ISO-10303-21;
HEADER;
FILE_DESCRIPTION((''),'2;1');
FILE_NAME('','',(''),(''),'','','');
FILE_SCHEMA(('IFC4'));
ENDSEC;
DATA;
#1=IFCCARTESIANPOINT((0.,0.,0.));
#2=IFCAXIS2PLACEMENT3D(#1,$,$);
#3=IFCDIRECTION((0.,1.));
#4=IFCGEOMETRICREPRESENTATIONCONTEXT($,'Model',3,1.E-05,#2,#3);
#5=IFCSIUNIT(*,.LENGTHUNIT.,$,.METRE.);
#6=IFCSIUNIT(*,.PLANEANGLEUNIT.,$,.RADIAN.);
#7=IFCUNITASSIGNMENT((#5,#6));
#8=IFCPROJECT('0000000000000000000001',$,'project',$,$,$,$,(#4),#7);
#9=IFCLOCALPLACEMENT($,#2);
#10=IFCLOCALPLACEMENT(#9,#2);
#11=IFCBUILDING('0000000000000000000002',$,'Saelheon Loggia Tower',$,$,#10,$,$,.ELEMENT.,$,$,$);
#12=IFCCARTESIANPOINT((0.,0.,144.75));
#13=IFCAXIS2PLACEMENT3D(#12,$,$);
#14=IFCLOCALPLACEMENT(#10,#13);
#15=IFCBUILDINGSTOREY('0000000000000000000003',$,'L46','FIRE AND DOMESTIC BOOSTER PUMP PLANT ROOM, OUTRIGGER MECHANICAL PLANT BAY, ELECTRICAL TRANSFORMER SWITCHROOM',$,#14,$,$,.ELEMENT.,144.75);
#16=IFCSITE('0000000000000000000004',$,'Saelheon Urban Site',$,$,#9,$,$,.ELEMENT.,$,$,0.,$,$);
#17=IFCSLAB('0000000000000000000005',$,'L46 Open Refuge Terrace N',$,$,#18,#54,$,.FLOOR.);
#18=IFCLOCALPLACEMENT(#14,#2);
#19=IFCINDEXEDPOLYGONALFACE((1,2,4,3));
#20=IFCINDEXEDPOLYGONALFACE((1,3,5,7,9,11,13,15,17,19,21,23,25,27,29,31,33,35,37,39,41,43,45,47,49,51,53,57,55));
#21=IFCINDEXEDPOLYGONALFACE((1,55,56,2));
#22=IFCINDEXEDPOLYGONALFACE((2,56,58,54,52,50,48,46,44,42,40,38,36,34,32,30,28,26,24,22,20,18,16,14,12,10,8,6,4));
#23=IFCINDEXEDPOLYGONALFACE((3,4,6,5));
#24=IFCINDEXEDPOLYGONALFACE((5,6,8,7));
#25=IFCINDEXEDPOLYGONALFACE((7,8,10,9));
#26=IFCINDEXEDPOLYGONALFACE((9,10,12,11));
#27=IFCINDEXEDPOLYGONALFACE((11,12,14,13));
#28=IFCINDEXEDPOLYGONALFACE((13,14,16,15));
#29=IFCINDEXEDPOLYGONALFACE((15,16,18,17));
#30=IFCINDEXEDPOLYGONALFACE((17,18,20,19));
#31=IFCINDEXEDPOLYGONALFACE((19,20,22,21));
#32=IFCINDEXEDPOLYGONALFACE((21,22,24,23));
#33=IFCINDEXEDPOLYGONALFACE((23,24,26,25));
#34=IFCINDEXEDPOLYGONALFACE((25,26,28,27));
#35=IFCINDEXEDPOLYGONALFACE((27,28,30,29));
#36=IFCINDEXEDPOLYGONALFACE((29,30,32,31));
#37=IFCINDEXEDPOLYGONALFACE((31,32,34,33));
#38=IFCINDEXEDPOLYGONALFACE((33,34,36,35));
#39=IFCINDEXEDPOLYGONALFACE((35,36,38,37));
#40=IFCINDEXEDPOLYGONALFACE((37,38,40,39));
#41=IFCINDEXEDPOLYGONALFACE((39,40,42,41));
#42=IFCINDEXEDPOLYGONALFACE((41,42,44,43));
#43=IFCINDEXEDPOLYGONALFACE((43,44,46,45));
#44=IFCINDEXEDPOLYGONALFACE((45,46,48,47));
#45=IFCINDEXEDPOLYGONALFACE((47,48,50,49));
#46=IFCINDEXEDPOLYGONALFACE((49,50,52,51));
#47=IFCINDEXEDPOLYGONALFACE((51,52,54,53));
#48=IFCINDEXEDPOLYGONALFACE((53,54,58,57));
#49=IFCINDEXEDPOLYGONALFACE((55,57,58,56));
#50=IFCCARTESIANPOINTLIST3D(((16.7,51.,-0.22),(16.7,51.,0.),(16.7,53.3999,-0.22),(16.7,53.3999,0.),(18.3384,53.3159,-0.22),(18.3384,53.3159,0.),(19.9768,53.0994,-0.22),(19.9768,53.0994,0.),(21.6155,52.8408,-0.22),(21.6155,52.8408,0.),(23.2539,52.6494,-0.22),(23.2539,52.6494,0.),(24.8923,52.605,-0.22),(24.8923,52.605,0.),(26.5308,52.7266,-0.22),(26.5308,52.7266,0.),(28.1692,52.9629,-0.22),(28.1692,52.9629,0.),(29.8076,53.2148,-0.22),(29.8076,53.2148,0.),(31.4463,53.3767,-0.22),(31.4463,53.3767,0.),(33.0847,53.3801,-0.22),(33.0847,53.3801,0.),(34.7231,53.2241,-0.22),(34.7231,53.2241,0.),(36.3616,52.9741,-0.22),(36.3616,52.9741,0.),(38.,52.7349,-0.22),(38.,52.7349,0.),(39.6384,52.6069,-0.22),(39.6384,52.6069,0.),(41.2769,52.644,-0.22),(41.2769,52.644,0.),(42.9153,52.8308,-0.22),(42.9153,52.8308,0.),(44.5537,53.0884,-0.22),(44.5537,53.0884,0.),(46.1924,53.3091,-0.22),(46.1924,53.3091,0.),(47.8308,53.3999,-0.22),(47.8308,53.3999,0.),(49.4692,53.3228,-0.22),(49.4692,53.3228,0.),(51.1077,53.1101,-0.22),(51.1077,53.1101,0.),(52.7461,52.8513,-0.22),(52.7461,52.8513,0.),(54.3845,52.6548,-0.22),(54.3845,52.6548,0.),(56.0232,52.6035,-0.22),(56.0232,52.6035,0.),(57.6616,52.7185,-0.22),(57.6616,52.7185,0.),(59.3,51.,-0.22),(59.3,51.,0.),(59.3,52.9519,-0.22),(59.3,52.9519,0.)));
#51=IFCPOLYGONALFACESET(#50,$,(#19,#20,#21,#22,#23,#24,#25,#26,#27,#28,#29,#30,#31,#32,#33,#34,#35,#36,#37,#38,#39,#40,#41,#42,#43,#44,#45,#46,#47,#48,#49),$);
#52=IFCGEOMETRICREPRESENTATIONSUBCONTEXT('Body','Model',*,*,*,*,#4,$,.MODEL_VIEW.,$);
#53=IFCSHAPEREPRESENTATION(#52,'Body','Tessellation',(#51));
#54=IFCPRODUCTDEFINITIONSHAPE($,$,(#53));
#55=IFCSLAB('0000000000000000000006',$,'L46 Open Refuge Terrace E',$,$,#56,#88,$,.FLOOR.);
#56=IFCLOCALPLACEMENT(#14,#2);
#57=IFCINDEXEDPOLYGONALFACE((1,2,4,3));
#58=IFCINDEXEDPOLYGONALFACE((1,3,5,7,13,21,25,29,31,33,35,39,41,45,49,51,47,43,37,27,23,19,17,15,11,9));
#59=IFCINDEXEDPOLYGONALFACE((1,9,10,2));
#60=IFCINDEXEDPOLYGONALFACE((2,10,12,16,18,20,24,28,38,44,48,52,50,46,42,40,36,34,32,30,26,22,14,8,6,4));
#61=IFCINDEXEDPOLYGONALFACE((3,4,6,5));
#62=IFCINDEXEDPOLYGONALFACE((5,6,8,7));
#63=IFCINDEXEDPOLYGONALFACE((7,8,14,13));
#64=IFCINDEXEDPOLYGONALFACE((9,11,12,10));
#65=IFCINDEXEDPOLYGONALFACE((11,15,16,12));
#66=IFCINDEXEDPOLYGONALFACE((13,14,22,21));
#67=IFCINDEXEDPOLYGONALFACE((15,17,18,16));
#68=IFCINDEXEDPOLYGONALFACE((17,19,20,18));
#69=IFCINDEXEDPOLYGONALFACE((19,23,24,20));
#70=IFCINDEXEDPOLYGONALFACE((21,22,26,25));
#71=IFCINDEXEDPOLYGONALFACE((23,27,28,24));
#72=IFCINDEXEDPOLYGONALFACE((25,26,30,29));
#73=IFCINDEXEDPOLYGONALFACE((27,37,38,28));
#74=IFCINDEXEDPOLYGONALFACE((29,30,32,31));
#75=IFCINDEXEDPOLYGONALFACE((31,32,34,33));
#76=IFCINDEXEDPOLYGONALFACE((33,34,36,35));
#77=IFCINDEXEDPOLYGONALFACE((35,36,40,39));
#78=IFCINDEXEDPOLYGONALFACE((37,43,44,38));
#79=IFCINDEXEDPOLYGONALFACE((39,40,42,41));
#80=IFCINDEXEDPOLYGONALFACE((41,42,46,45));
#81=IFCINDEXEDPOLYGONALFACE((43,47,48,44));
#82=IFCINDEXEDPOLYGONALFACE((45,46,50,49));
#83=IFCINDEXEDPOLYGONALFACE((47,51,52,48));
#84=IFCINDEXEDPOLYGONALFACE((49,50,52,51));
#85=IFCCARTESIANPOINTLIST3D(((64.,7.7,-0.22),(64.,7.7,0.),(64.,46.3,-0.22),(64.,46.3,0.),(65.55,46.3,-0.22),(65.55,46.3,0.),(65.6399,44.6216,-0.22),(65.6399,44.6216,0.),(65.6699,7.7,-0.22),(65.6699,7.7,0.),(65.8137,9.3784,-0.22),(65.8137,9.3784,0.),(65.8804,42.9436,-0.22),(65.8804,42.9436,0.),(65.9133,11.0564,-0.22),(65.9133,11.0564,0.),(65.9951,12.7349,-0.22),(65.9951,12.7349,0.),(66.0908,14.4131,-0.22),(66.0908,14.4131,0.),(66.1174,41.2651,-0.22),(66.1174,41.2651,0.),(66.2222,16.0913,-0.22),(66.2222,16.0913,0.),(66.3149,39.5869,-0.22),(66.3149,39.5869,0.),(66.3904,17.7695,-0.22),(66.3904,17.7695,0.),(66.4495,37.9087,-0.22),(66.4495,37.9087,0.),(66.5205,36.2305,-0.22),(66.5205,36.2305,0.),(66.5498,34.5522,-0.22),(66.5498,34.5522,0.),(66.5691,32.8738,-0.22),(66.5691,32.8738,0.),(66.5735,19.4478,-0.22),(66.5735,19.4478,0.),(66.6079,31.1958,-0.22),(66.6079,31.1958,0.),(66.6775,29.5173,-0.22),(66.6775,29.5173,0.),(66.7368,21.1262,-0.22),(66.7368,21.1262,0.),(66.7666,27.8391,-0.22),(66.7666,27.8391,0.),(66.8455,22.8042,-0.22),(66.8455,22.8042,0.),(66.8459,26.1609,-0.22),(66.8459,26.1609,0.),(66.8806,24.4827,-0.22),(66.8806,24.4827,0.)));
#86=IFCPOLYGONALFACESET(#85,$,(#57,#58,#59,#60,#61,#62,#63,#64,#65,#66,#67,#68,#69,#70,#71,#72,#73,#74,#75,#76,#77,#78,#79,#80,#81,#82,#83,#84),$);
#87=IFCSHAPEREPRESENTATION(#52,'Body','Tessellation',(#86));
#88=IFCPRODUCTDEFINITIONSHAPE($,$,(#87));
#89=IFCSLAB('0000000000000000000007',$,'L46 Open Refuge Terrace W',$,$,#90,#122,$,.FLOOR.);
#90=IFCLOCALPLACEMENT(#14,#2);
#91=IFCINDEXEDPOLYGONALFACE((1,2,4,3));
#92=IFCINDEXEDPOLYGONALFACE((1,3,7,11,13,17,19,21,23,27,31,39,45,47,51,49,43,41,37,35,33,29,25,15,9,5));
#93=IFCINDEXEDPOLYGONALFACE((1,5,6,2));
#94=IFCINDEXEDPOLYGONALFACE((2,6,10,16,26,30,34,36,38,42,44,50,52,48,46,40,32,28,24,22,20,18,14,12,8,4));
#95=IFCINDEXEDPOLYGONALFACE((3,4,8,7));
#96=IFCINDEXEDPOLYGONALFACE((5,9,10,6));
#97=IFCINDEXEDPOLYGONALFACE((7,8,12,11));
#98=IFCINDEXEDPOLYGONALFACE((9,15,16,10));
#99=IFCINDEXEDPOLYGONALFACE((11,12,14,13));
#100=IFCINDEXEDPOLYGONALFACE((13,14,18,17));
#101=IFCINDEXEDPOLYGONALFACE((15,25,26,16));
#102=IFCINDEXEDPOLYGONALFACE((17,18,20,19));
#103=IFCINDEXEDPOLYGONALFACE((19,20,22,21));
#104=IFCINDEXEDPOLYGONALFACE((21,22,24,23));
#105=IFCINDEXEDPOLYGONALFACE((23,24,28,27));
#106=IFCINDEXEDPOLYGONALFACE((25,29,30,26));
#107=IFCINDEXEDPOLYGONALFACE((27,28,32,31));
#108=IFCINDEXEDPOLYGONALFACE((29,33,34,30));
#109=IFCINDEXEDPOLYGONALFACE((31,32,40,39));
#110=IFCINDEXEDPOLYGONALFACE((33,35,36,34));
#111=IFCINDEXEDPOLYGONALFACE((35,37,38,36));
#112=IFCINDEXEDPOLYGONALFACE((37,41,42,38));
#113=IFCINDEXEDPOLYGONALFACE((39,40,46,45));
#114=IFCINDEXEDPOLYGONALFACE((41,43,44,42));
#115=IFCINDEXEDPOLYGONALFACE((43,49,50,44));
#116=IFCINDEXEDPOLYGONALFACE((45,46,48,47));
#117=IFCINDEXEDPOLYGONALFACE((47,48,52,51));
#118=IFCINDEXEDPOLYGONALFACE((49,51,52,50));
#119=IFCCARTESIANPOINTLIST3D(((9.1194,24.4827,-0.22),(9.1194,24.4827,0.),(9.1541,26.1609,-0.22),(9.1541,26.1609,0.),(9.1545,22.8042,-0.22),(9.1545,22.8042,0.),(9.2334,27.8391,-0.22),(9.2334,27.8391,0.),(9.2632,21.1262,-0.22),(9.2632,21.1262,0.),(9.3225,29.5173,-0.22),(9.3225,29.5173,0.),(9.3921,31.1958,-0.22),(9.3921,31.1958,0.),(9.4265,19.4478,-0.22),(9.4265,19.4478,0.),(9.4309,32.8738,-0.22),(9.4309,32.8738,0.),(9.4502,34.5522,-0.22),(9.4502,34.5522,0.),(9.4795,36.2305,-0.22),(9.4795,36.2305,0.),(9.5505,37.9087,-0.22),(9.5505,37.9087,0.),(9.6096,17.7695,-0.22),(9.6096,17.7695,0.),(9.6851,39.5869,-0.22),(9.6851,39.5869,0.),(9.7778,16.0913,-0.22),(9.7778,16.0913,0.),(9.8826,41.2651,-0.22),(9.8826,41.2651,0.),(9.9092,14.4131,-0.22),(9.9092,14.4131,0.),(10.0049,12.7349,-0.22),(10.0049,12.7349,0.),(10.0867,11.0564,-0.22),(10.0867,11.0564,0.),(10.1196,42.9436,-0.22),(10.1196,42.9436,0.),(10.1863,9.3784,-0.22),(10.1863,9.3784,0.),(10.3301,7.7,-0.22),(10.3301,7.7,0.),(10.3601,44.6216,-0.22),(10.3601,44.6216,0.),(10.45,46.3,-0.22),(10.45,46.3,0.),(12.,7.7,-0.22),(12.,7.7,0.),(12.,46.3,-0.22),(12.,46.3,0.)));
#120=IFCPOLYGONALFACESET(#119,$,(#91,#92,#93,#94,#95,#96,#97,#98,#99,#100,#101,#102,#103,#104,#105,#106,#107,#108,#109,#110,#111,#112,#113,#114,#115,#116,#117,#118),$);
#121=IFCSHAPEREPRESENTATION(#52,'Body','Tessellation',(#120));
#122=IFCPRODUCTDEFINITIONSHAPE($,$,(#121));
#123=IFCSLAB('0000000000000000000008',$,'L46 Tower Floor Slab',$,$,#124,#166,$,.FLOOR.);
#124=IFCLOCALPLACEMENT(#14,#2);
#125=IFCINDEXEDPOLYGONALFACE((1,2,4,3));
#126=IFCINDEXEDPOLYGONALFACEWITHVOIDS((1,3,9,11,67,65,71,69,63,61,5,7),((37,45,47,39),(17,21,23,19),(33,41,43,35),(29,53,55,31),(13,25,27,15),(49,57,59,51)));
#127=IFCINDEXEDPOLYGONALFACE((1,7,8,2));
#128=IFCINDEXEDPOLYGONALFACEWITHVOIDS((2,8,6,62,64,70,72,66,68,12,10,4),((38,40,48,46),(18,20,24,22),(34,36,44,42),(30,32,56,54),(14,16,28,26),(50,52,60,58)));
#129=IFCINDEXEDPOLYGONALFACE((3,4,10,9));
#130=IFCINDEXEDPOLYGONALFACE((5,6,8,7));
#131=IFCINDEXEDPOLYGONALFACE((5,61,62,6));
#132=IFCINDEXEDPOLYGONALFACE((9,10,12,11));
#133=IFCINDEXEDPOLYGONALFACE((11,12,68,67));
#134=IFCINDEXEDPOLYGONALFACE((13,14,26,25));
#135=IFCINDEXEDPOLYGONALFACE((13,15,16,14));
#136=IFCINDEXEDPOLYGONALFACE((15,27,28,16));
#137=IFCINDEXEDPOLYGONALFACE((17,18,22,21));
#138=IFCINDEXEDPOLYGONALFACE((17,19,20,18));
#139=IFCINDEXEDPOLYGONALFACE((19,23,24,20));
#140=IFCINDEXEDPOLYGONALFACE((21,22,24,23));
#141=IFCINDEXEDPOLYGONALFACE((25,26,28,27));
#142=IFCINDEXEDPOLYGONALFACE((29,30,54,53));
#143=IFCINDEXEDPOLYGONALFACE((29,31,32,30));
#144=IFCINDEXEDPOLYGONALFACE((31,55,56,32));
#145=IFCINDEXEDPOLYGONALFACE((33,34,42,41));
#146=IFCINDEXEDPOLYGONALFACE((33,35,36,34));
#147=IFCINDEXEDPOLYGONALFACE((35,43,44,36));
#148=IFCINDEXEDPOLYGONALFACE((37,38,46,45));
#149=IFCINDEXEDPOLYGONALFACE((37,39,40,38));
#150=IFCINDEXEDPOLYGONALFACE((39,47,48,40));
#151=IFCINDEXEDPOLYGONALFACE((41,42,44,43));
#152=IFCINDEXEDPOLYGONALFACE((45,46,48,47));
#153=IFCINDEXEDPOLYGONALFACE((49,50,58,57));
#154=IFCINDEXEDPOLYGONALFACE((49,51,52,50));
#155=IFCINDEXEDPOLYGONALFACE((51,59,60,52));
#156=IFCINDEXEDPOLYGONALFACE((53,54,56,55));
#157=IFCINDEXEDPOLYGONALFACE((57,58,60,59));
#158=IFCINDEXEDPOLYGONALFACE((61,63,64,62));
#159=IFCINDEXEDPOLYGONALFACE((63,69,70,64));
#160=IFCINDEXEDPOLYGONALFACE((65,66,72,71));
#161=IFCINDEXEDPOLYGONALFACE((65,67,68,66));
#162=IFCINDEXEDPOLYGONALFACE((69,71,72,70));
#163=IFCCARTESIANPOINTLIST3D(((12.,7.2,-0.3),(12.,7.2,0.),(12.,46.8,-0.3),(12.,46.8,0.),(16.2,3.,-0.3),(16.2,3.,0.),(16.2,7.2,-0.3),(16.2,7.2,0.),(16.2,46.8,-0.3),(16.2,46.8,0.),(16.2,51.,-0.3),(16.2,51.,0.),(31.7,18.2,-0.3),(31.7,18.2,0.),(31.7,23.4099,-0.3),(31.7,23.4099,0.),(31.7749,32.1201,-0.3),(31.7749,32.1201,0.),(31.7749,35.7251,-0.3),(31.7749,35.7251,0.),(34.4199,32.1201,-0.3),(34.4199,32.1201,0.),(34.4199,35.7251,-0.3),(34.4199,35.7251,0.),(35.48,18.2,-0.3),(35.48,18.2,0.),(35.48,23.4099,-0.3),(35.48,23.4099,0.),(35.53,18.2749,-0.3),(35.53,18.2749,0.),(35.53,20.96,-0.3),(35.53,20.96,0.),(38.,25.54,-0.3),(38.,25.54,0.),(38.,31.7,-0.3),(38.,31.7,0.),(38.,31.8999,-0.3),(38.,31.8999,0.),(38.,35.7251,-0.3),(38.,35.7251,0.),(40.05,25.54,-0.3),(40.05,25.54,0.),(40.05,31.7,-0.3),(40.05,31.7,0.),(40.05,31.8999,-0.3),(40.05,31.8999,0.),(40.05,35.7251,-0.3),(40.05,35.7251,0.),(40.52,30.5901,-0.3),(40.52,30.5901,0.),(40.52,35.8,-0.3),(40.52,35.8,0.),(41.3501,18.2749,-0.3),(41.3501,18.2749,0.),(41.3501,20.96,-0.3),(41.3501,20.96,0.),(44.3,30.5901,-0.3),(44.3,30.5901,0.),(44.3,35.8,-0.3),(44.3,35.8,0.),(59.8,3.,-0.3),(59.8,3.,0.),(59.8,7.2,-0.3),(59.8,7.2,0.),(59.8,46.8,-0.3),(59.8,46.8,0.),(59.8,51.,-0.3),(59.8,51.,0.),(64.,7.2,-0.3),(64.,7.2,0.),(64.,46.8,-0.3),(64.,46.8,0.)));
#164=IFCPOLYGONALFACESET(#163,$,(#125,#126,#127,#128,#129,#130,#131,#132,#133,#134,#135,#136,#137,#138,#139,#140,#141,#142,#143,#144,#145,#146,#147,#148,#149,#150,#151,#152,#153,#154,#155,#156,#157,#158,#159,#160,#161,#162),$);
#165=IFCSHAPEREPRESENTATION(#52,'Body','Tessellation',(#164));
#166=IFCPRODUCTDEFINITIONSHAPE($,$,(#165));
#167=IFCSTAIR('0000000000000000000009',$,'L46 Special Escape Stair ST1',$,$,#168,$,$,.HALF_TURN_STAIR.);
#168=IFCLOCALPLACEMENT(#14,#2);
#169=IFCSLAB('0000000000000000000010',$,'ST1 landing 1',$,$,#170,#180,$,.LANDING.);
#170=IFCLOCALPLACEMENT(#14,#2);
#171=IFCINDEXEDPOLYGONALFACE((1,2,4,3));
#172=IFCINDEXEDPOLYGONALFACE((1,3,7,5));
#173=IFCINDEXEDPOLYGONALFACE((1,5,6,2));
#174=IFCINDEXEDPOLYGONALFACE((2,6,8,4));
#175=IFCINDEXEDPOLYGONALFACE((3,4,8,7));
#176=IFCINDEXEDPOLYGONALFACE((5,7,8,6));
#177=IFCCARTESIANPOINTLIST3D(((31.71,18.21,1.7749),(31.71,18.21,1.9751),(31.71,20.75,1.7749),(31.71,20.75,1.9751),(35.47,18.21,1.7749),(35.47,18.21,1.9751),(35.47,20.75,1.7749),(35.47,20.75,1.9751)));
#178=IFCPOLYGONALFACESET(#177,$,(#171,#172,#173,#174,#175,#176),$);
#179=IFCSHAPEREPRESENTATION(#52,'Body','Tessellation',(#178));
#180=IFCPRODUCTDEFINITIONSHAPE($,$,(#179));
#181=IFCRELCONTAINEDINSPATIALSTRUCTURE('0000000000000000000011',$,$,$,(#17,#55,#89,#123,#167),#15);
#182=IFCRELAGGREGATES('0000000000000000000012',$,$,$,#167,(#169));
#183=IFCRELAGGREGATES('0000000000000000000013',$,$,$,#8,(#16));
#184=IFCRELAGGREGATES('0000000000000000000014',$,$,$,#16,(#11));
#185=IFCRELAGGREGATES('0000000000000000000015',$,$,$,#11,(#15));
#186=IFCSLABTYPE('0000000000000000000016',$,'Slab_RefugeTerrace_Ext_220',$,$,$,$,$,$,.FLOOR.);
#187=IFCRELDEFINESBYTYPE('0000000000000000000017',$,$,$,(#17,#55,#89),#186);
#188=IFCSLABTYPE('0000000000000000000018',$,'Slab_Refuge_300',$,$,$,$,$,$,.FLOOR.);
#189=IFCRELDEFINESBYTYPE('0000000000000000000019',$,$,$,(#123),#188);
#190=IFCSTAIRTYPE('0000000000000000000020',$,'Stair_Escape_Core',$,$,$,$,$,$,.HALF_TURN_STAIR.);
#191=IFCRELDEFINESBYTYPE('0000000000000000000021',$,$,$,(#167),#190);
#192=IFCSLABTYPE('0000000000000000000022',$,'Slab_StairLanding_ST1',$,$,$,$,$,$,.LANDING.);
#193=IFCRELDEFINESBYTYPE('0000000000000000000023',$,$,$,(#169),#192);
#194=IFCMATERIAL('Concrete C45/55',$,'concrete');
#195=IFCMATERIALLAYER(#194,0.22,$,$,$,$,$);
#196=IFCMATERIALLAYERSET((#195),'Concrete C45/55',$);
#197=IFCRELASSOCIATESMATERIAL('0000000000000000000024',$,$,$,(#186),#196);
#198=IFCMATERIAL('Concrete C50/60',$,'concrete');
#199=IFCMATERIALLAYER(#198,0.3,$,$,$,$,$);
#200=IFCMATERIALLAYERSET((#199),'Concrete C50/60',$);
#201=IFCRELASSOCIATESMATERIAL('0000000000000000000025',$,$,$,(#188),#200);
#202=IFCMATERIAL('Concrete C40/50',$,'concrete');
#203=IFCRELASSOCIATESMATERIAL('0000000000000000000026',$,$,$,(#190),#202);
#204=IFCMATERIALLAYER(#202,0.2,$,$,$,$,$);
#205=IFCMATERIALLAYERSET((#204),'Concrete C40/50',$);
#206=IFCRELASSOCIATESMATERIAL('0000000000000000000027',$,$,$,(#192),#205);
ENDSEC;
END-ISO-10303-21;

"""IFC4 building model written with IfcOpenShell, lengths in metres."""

from ifc_helpers import new_model, si_unit, direction, frame, origin, place, context, subcontext, project, spatial, polyline, outline, extrude, material, layer, layer_set, type_object, element, aggregate, save


model = new_model("IFC4")

# Units and contexts
model_context = context("Model", 3, precision=1e-05, world=origin(), true_north=direction((0.0, 1.0)))
body_context = subcontext(model_context, "Body", "Model", "MODEL_VIEW")
ifc_project = project(units=[si_unit("LENGTHUNIT", "METRE"), si_unit("PLANEANGLEUNIT", "RADIAN")], contexts=[model_context])

# Site, building, storey
site_placement = place(None, origin())
site = spatial("IfcSite", under=ifc_project, at=site_placement, Name="Saelheon Urban Site", CompositionType="ELEMENT", RefElevation=0.0)
building_placement = place(site_placement, origin())
building = spatial("IfcBuilding", under=site, at=building_placement, Name="Saelheon Loggia Tower", CompositionType="ELEMENT")
storey_placement = place(building_placement, frame((0.0, 0.0, 144.75)))
storey = spatial("IfcBuildingStorey", under=building, at=storey_placement, Name="L46", Description="FIRE AND DOMESTIC BOOSTER PUMP PLANT ROOM, OUTRIGGER MECHANICAL PLANT BAY, ELECTRICAL TRANSFORMER SWITCHROOM", CompositionType="ELEMENT", Elevation=144.75)

# Shared definitions
ifc_material_1 = material(Name="Concrete C50/60", Category="concrete")

# Slabs
ifc_material_2 = material(Name="Concrete C45/55", Category="concrete")
ifc_layer_1 = layer(ifc_material_2, 0.22)
ifc_layer_set_1 = layer_set([ifc_layer_1], Name="Concrete C45/55")
slab_type_1 = type_object("IfcSlabType", Name="Slab_RefugeTerrace_Ext_220", PredefinedType="FLOOR", material=ifc_layer_set_1)
slab_1_placement = place(storey_placement, frame((0.0, 0.0, -0.22)))
element("IfcSlab", 1, at=slab_1_placement, inside=storey, type_object=slab_type_1, Name="L46 Open Refuge Terrace N", PredefinedType="FLOOR", context=body_context, shape_type="SweptSolid", body=[
    extrude(outline(polyline([(16.7, 51.0), (59.3, 51.0), (59.3, 52.9519), (57.6616, 52.7185), (56.0232, 52.6035), (54.3845, 52.6548), (52.7461, 52.8513), (51.1077, 53.1101), (49.4692, 53.3228), (47.8308, 53.3999), (46.1924, 53.3091), (44.5537, 53.0884), (42.9153, 52.8308), (41.2769, 52.644), (39.6384, 52.6069), (38.0, 52.7349), (36.3616, 52.9741), (34.7231, 53.2241), (33.0847, 53.3801), (31.4463, 53.3767), (29.8076, 53.2148), (28.1692, 52.9629), (26.5308, 52.7266), (24.8923, 52.605), (23.2539, 52.6494), (21.6155, 52.8408), (19.9768, 53.0994), (18.3384, 53.3159), (16.7, 53.3999), (16.7, 51.0)])), origin(), (0.0, 0.0, 1.0), 0.22),
])
slab_2_placement = place(storey_placement, frame((0.0, 0.0, -0.22)))
element("IfcSlab", 2, at=slab_2_placement, inside=storey, type_object=slab_type_1, Name="L46 Open Refuge Terrace E", PredefinedType="FLOOR", context=body_context, shape_type="SweptSolid", body=[
    extrude(outline(polyline([(64.0, 7.7), (65.6699, 7.7), (65.8137, 9.3784), (65.9133, 11.0564), (65.9951, 12.7349), (66.0908, 14.4131), (66.2222, 16.0913), (66.3904, 17.7695), (66.5735, 19.4478), (66.7368, 21.1262), (66.8455, 22.8042), (66.8806, 24.4827), (66.8459, 26.1609), (66.7666, 27.8391), (66.6775, 29.5173), (66.6079, 31.1958), (66.5691, 32.8738), (66.5498, 34.5522), (66.5205, 36.2305), (66.4495, 37.9087), (66.3149, 39.5869), (66.1174, 41.2651), (65.8804, 42.9436), (65.6399, 44.6216), (65.55, 46.3), (64.0, 46.3), (64.0, 7.7)])), origin(), (0.0, 0.0, 1.0), 0.22),
])
slab_3_placement = place(storey_placement, frame((0.0, 0.0, -0.22)))
element("IfcSlab", 3, at=slab_3_placement, inside=storey, type_object=slab_type_1, Name="L46 Open Refuge Terrace W", PredefinedType="FLOOR", context=body_context, shape_type="SweptSolid", body=[
    extrude(outline(polyline([(12.0, 7.7), (12.0, 46.3), (10.45, 46.3), (10.3601, 44.6216), (10.1196, 42.9436), (9.8826, 41.2651), (9.6851, 39.5869), (9.5505, 37.9087), (9.4795, 36.2305), (9.4502, 34.5522), (9.4309, 32.8738), (9.3921, 31.1958), (9.3225, 29.5173), (9.2334, 27.8391), (9.1541, 26.1609), (9.1194, 24.4827), (9.1545, 22.8042), (9.2632, 21.1262), (9.4265, 19.4478), (9.6096, 17.7695), (9.7778, 16.0913), (9.9092, 14.4131), (10.0049, 12.7349), (10.0867, 11.0564), (10.1863, 9.3784), (10.3301, 7.7), (12.0, 7.7)])), origin(), (0.0, 0.0, 1.0), 0.22),
])
ifc_layer_2 = layer(ifc_material_1, 0.3)
ifc_layer_set_2 = layer_set([ifc_layer_2], Name="Concrete C50/60")
slab_type_2 = type_object("IfcSlabType", Name="Slab_Refuge_300", PredefinedType="FLOOR", material=ifc_layer_set_2)
slab_4_placement = place(storey_placement, frame((0.0, 0.0, -0.3)))
element("IfcSlab", 4, at=slab_4_placement, inside=storey, type_object=slab_type_2, Name="L46 Tower Floor Slab", PredefinedType="FLOOR", context=body_context, shape_type="SweptSolid", body=[
    extrude(outline(polyline([(16.2, 3.0), (59.8, 3.0), (59.8, 7.2), (64.0, 7.2), (64.0, 46.8), (59.8, 46.8), (59.8, 51.0), (16.2, 51.0), (16.2, 46.8), (12.0, 46.8), (12.0, 7.2), (16.2, 7.2), (16.2, 3.0)]), holes=[polyline([(31.7, 23.4099), (31.7, 18.2), (35.48, 18.2), (35.48, 23.4099), (31.7, 23.4099)]), polyline([(44.3, 30.5901), (44.3, 35.8), (40.52, 35.8), (40.52, 30.5901), (44.3, 30.5901)]), polyline([(35.53, 18.2749), (41.3501, 18.2749), (41.3501, 20.96), (35.53, 20.96), (35.53, 18.2749)]), polyline([(31.7749, 32.1201), (34.4199, 32.1201), (34.4199, 35.7251), (31.7749, 35.7251), (31.7749, 32.1201)]), polyline([(38.0, 31.8999), (40.05, 31.8999), (40.05, 35.7251), (38.0, 35.7251), (38.0, 31.8999)]), polyline([(38.0, 25.54), (40.05, 25.54), (40.05, 31.7), (38.0, 31.7), (38.0, 25.54)])]), origin(), (0.0, 0.0, 1.0), 0.3),
])

# Stair, slab
ifc_material_3 = material(Name="Concrete C40/50", Category="concrete")
stair_type = type_object("IfcStairType", Name="Stair_Escape_Core", PredefinedType="HALF_TURN_STAIR", material=ifc_material_3)
stair_1_placement = place(storey_placement, origin())
stair_1 = element("IfcStair", 5, at=stair_1_placement, inside=storey, type_object=stair_type, Name="L46 Special Escape Stair ST1", PredefinedType="HALF_TURN_STAIR")
ifc_layer_3 = layer(ifc_material_3, 0.2)
ifc_layer_set_3 = layer_set([ifc_layer_3], Name="Concrete C40/50")
slab_type_3 = type_object("IfcSlabType", Name="Slab_StairLanding_ST1", PredefinedType="LANDING", material=ifc_layer_set_3)
slab_5_placement = place(storey_placement, frame((0.0, 0.0, 1.7749)))
slab_5 = element("IfcSlab", 6, at=slab_5_placement, type_object=slab_type_3, Name="ST1 landing 1", PredefinedType="LANDING", context=body_context, shape_type="SweptSolid", body=[
    extrude(outline(polyline([(31.71, 20.75), (31.71, 18.21), (35.47, 18.21), (35.47, 20.75), (31.71, 20.75)])), origin(), (0.0, 0.0, 1.0), 0.2002),
])
aggregate(stair_1, [slab_5])

save(model, "model.ifc")
